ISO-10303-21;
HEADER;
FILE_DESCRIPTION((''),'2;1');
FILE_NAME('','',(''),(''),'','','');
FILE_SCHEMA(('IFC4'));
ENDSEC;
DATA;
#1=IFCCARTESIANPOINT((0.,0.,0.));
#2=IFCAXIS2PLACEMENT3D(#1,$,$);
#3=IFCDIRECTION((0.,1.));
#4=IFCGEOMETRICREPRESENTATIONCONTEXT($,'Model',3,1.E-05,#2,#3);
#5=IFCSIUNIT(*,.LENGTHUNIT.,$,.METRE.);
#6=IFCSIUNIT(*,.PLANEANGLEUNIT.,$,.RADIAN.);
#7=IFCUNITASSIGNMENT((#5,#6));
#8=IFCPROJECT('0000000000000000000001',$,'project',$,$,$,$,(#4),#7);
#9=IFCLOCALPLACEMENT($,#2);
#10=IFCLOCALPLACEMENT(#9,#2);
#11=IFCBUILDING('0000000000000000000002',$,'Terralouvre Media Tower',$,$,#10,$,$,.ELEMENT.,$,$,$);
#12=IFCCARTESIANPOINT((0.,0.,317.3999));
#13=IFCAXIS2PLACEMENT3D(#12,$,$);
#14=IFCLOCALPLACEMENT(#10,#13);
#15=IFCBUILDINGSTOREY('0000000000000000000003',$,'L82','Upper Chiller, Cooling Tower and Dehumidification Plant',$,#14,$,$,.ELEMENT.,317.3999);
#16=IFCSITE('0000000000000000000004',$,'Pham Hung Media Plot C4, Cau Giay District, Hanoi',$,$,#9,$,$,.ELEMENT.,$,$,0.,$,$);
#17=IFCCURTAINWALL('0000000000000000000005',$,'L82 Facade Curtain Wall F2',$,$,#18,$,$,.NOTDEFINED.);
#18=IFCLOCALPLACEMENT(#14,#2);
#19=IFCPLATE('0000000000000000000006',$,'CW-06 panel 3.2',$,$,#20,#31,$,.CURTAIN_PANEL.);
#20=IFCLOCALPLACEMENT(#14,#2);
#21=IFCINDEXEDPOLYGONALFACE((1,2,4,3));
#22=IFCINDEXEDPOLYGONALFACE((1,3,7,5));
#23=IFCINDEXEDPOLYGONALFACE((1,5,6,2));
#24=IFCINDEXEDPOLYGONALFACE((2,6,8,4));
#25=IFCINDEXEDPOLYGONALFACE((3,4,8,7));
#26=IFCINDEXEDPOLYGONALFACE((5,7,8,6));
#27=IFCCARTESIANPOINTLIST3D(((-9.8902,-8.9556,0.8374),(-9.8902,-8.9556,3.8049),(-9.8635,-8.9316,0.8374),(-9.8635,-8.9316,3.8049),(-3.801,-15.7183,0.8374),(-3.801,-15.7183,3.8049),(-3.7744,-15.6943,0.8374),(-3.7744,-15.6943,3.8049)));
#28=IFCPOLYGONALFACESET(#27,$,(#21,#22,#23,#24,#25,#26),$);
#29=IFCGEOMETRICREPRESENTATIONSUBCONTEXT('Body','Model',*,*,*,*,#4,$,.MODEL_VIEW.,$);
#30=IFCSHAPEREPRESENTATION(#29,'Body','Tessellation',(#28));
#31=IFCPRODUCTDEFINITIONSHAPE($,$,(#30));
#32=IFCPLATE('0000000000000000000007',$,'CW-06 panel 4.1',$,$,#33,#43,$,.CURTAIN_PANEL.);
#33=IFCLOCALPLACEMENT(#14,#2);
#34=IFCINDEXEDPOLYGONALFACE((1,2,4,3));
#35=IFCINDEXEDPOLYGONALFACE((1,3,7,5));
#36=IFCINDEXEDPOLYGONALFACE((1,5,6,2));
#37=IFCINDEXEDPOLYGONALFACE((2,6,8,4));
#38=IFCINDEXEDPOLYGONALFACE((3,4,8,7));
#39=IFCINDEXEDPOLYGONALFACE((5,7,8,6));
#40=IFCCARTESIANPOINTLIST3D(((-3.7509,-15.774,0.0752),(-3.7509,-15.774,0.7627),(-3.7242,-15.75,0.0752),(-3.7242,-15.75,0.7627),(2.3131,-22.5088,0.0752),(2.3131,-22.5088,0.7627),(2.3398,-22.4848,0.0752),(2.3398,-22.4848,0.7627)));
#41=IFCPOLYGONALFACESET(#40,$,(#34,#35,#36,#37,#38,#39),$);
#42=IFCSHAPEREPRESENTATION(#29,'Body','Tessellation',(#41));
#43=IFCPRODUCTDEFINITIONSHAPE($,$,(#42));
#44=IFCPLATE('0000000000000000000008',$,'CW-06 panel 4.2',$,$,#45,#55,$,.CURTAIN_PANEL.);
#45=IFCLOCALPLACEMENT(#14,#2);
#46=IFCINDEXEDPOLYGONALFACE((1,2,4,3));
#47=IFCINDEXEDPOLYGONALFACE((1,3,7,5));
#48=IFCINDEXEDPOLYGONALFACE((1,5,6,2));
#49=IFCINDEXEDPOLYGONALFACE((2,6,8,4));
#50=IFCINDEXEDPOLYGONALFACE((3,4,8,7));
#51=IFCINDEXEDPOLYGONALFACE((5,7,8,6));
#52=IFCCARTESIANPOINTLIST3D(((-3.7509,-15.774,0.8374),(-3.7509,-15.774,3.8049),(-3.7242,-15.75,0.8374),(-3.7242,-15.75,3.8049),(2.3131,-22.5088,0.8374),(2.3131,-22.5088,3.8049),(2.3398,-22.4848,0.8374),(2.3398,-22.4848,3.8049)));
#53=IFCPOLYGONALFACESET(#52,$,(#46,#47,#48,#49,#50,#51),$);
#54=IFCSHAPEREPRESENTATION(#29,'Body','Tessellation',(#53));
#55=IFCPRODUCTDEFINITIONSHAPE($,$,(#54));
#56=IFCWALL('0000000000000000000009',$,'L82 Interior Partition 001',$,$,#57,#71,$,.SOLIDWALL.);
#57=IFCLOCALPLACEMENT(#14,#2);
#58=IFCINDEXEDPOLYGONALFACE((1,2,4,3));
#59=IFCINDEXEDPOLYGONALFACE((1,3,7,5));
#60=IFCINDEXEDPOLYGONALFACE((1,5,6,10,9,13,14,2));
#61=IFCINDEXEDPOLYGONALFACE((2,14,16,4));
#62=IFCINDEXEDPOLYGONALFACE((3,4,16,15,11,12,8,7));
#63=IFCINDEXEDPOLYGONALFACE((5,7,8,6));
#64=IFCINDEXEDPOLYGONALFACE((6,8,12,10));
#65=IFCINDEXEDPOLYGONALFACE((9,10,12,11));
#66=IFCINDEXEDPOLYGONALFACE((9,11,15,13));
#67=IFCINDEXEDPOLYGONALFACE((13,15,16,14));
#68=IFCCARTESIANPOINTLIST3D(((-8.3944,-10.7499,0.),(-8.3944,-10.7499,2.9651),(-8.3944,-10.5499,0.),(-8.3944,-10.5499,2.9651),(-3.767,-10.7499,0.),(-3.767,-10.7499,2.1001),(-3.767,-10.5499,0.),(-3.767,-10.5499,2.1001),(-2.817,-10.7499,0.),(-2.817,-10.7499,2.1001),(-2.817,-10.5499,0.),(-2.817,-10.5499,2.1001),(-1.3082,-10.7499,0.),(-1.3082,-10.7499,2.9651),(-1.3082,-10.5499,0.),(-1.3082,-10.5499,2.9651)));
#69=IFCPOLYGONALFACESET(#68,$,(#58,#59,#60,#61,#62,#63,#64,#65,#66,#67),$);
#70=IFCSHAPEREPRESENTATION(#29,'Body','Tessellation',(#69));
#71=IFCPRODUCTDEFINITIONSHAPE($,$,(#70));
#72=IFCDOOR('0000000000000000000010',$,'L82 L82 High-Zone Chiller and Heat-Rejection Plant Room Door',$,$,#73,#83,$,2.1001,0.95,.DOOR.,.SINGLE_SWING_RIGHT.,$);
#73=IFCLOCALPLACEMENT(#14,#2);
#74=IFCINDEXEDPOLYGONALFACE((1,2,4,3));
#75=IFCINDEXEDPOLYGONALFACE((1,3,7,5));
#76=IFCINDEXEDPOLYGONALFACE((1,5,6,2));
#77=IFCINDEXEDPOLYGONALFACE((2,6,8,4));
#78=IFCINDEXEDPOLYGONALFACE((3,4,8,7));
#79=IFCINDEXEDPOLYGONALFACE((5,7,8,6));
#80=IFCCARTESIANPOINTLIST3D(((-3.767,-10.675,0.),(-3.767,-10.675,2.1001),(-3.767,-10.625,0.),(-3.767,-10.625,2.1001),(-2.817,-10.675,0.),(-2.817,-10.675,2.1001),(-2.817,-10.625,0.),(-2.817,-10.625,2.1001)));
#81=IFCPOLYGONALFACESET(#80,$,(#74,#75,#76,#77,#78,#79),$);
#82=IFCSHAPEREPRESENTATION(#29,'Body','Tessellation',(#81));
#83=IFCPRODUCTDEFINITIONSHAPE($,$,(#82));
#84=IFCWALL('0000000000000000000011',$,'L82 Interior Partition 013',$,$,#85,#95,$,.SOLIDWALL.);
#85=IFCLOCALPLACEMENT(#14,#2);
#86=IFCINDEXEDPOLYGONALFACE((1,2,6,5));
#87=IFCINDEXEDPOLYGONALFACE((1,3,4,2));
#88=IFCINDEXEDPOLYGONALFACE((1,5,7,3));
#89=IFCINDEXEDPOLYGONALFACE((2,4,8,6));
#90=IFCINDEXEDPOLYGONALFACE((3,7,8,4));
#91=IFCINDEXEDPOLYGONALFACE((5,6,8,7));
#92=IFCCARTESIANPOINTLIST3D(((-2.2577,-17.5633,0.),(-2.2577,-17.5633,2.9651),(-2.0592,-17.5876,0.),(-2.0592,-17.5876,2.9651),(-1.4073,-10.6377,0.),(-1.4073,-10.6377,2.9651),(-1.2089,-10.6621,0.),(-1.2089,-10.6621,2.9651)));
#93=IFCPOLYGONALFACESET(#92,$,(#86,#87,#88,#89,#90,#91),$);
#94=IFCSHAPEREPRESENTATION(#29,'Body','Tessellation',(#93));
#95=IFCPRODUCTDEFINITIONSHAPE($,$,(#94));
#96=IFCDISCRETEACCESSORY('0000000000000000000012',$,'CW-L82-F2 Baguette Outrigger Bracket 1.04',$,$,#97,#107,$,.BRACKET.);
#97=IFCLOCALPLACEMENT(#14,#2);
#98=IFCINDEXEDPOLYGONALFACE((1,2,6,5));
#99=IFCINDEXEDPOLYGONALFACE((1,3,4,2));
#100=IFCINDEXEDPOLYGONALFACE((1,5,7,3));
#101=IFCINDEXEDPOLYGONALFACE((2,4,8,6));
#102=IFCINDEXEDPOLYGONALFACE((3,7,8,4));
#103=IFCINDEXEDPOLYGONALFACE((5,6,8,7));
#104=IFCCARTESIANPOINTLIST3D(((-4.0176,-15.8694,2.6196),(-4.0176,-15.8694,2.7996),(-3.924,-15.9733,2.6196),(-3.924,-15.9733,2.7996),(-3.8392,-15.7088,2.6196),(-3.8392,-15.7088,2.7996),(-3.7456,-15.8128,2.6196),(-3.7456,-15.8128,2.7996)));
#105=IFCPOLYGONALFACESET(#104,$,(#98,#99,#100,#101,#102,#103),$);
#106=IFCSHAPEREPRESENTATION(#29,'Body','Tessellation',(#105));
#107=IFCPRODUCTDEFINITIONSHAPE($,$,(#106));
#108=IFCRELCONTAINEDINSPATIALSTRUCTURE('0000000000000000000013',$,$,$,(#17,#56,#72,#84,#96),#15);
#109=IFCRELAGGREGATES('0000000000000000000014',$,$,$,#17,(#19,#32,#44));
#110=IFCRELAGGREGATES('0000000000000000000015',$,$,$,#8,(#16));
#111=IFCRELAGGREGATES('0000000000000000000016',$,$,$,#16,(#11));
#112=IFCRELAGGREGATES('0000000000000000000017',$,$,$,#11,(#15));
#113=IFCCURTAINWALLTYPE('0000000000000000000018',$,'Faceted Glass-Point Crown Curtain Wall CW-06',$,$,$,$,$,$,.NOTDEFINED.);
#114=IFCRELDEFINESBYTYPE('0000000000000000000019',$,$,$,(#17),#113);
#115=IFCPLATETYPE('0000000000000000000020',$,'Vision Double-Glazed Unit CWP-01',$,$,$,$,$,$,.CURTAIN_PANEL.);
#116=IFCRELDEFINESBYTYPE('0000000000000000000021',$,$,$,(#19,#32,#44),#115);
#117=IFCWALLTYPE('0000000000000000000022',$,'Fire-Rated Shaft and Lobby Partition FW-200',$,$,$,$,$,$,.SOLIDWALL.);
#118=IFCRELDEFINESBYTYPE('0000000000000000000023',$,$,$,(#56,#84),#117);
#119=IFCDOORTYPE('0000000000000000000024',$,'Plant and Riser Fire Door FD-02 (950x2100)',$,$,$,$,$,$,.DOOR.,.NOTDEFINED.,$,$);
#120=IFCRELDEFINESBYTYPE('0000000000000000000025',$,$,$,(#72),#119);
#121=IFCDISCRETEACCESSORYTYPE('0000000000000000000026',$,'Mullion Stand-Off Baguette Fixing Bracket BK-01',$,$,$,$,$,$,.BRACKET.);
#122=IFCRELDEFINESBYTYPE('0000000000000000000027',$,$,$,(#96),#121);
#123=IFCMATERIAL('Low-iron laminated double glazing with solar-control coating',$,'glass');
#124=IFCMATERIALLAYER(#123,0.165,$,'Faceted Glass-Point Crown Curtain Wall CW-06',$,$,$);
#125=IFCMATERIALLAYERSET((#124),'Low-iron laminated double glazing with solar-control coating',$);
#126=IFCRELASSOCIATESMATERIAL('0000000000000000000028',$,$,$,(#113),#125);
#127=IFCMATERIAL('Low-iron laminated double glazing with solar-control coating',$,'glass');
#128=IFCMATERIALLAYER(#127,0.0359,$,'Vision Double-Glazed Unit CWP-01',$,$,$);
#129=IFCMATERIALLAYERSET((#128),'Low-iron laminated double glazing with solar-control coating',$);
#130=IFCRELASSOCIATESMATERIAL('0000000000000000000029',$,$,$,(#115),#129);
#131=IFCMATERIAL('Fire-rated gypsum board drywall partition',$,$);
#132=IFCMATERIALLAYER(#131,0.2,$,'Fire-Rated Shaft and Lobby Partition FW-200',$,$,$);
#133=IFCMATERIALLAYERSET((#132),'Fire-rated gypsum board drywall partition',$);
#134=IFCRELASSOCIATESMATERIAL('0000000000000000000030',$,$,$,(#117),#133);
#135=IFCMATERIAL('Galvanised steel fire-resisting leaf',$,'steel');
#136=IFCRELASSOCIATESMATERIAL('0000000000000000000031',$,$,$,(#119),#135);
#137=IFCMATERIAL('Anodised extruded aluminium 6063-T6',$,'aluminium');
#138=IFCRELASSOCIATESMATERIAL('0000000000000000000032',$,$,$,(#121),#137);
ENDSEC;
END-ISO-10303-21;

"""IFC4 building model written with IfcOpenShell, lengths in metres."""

from ifc_helpers import new_model, si_unit, direction, frame, frame_2d, origin, origin_2d, place, context, subcontext, project, spatial, rectangle, extrude, material, layer, layer_set, type_object, element, fill, aggregate, save


model = new_model("IFC4")

# Units and contexts
model_context = context("Model", 3, precision=1e-05, world=origin(), true_north=direction((0.0, 1.0)))
body_context = subcontext(model_context, "Body", "Model", "MODEL_VIEW")
ifc_project = project(units=[si_unit("LENGTHUNIT", "METRE"), si_unit("PLANEANGLEUNIT", "RADIAN")], contexts=[model_context])

# Site, building, storey
site_placement = place(None, origin())
site = spatial("IfcSite", under=ifc_project, at=site_placement, Name="Pham Hung Media Plot C4, Cau Giay District, Hanoi", CompositionType="ELEMENT", RefElevation=0.0)
building_placement = place(site_placement, origin())
building = spatial("IfcBuilding", under=site, at=building_placement, Name="Terralouvre Media Tower", CompositionType="ELEMENT")
storey_placement = place(building_placement, frame((0.0, 0.0, 317.3999)))
storey = spatial("IfcBuildingStorey", under=building, at=storey_placement, Name="L82", Description="Upper Chiller, Cooling Tower and Dehumidification Plant", CompositionType="ELEMENT", Elevation=317.3999)

# Curtain wall
ifc_material_1 = material(Name="Low-iron laminated double glazing with solar-control coating", Category="glass")
ifc_layer_1 = layer(ifc_material_1, 0.165, Name="Faceted Glass-Point Crown Curtain Wall CW-06")
ifc_layer_set_1 = layer_set([ifc_layer_1], Name="Low-iron laminated double glazing with solar-control coating")
curtain_wall_type = type_object("IfcCurtainWallType", Name="Faceted Glass-Point Crown Curtain Wall CW-06", PredefinedType="NOTDEFINED", material=ifc_layer_set_1)
curtain_wall_placement = place(storey_placement, origin())
curtain_wall = element("IfcCurtainWall", 1, at=curtain_wall_placement, inside=storey, type_object=curtain_wall_type, Name="L82 Facade Curtain Wall F2", PredefinedType="NOTDEFINED")

# Plates
ifc_material_2 = material(Name="Low-iron laminated double glazing with solar-control coating", Category="glass")
ifc_layer_2 = layer(ifc_material_2, 0.0359, Name="Vision Double-Glazed Unit CWP-01")
ifc_layer_set_2 = layer_set([ifc_layer_2], Name="Low-iron laminated double glazing with solar-control coating")
plate_type = type_object("IfcPlateType", Name="Vision Double-Glazed Unit CWP-01", PredefinedType="CURTAIN_PANEL", material=ifc_layer_set_2)
plate_1_placement = place(storey_placement, frame((-6.8323, -12.325, 0.8374), z_axis=(0.0, 0.0, 1.0), x_axis=(0.66913, -0.743145, 0.0)))
plate_1 = element("IfcPlate", 2, at=plate_1_placement, type_object=plate_type, Name="CW-06 panel 3.2", PredefinedType="CURTAIN_PANEL", context=body_context, shape_type="SweptSolid", body=[
    extrude(rectangle(XDim=9.1001, YDim=0.0359, at=origin_2d()), origin(), (0.0, 0.0, 1.0), 2.9675),
])
plate_2_placement = place(storey_placement, frame((-0.7056, -19.1294, 0.0752), z_axis=(0.0, 0.0, 1.0), x_axis=(0.66913, -0.743145, 0.0)))
plate_2 = element("IfcPlate", 3, at=plate_2_placement, type_object=plate_type, Name="CW-06 panel 4.1", PredefinedType="CURTAIN_PANEL", context=body_context, shape_type="SweptSolid", body=[
    extrude(rectangle(XDim=9.0625, YDim=0.0359, at=origin_2d()), origin(), (0.0, 0.0, 1.0), 0.6875),
])
plate_3_placement = place(storey_placement, frame((-0.7056, -19.1294, 0.8374), z_axis=(0.0, 0.0, 1.0), x_axis=(0.66913, -0.743145, 0.0)))
plate_3 = element("IfcPlate", 4, at=plate_3_placement, type_object=plate_type, Name="CW-06 panel 4.2", PredefinedType="CURTAIN_PANEL", context=body_context, shape_type="SweptSolid", body=[
    extrude(rectangle(XDim=9.0625, YDim=0.0359, at=origin_2d()), origin(), (0.0, 0.0, 1.0), 2.9675),
])
aggregate(curtain_wall, [plate_1, plate_2, plate_3])

# Wall, opening, door
ifc_material_3 = material(Name="Fire-rated gypsum board drywall partition")
ifc_layer_3 = layer(ifc_material_3, 0.2, Name="Fire-Rated Shaft and Lobby Partition FW-200")
ifc_layer_set_3 = layer_set([ifc_layer_3], Name="Fire-rated gypsum board drywall partition")
wall_type = type_object("IfcWallType", Name="Fire-Rated Shaft and Lobby Partition FW-200", PredefinedType="SOLIDWALL", material=ifc_layer_set_3)
wall_1_placement = place(storey_placement, frame((-8.3943, -10.6499, 0.0), z_axis=(0.0, 0.0, 1.0), x_axis=(1.0, 0.0, 0.0)))
wall_1 = element("IfcWall", 5, at=wall_1_placement, inside=storey, type_object=wall_type, Name="L82 Interior Partition 001", PredefinedType="SOLIDWALL", context=body_context, shape_type="SweptSolid", body=[
    extrude(rectangle(XDim=7.0862, YDim=0.2, at=frame_2d((3.543, 0.0))), origin(), (0.0, 0.0, 1.0), 2.9651),
])
opening_placement = place(wall_1_placement, frame((4.6272, 0.0, 0.0)))
opening = element("IfcOpeningElement", 6, at=opening_placement, cuts=wall_1, PredefinedType="OPENING", context=body_context, shape_type="SweptSolid", body=[
    extrude(rectangle(XDim=0.95, YDim=2.1001, at=frame_2d((0.4751, 1.05))), frame((0.0, 0.1099, 0.0), z_axis=(0.0, -1.0, 0.0), x_axis=(1.0, 0.0, 0.0)), (0.0, 0.0, 1.0), 0.22),
])
ifc_material_4 = material(Name="Galvanised steel fire-resisting leaf", Category="steel")
door_type = type_object("IfcDoorType", Name="Plant and Riser Fire Door FD-02 (950x2100)", OperationType="NOTDEFINED", PredefinedType="DOOR", material=ifc_material_4)
door_placement = place(opening_placement, origin())
door = element("IfcDoor", 7, at=door_placement, inside=storey, type_object=door_type, Name="L82 L82 High-Zone Chiller and Heat-Rejection Plant Room Door", OperationType="SINGLE_SWING_RIGHT", OverallHeight=2.1001, OverallWidth=0.95, PredefinedType="DOOR", context=body_context, shape_type="SweptSolid", body=[
    extrude(rectangle(XDim=0.95, YDim=2.1001, at=frame_2d((0.4751, 1.05))), frame((0.0, 0.0249, 0.0), z_axis=(0.0, -1.0, 0.0), x_axis=(1.0, 0.0, 0.0)), (0.0, 0.0, 1.0), 0.05),
])
fill(opening, door)

# Wall
wall_2_placement = place(storey_placement, frame((-2.1584, -17.5754, 0.0), z_axis=(0.0, 0.0, 1.0), x_axis=(0.121868, 0.992546, 0.0)))
element("IfcWall", 8, at=wall_2_placement, inside=storey, type_object=wall_type, Name="L82 Interior Partition 013", PredefinedType="SOLIDWALL", context=body_context, shape_type="SweptSolid", body=[
    extrude(rectangle(XDim=6.9775, YDim=0.2, at=frame_2d((3.4888, 0.0))), origin(), (0.0, 0.0, 1.0), 2.9651),
])

# Discrete accessory
ifc_material_5 = material(Name="Anodised extruded aluminium 6063-T6", Category="aluminium")
discrete_accessory_type = type_object("IfcDiscreteAccessoryType", Name="Mullion Stand-Off Baguette Fixing Bracket BK-01", PredefinedType="BRACKET", material=ifc_material_5)
discrete_accessory_placement = place(storey_placement, frame((-3.8816, -15.8411, 2.6196), z_axis=(0.0, 0.0, 1.0), x_axis=(0.66913, -0.743145, 0.0)))
element("IfcDiscreteAccessory", 9, at=discrete_accessory_placement, inside=storey, type_object=discrete_accessory_type, Name="CW-L82-F2 Baguette Outrigger Bracket 1.04", PredefinedType="BRACKET", context=body_context, shape_type="SweptSolid", body=[
    extrude(rectangle(XDim=0.1399, YDim=0.24, at=origin_2d()), origin(), (0.0, 0.0, 1.0), 0.1799),
])

save(model, "model.ifc")
